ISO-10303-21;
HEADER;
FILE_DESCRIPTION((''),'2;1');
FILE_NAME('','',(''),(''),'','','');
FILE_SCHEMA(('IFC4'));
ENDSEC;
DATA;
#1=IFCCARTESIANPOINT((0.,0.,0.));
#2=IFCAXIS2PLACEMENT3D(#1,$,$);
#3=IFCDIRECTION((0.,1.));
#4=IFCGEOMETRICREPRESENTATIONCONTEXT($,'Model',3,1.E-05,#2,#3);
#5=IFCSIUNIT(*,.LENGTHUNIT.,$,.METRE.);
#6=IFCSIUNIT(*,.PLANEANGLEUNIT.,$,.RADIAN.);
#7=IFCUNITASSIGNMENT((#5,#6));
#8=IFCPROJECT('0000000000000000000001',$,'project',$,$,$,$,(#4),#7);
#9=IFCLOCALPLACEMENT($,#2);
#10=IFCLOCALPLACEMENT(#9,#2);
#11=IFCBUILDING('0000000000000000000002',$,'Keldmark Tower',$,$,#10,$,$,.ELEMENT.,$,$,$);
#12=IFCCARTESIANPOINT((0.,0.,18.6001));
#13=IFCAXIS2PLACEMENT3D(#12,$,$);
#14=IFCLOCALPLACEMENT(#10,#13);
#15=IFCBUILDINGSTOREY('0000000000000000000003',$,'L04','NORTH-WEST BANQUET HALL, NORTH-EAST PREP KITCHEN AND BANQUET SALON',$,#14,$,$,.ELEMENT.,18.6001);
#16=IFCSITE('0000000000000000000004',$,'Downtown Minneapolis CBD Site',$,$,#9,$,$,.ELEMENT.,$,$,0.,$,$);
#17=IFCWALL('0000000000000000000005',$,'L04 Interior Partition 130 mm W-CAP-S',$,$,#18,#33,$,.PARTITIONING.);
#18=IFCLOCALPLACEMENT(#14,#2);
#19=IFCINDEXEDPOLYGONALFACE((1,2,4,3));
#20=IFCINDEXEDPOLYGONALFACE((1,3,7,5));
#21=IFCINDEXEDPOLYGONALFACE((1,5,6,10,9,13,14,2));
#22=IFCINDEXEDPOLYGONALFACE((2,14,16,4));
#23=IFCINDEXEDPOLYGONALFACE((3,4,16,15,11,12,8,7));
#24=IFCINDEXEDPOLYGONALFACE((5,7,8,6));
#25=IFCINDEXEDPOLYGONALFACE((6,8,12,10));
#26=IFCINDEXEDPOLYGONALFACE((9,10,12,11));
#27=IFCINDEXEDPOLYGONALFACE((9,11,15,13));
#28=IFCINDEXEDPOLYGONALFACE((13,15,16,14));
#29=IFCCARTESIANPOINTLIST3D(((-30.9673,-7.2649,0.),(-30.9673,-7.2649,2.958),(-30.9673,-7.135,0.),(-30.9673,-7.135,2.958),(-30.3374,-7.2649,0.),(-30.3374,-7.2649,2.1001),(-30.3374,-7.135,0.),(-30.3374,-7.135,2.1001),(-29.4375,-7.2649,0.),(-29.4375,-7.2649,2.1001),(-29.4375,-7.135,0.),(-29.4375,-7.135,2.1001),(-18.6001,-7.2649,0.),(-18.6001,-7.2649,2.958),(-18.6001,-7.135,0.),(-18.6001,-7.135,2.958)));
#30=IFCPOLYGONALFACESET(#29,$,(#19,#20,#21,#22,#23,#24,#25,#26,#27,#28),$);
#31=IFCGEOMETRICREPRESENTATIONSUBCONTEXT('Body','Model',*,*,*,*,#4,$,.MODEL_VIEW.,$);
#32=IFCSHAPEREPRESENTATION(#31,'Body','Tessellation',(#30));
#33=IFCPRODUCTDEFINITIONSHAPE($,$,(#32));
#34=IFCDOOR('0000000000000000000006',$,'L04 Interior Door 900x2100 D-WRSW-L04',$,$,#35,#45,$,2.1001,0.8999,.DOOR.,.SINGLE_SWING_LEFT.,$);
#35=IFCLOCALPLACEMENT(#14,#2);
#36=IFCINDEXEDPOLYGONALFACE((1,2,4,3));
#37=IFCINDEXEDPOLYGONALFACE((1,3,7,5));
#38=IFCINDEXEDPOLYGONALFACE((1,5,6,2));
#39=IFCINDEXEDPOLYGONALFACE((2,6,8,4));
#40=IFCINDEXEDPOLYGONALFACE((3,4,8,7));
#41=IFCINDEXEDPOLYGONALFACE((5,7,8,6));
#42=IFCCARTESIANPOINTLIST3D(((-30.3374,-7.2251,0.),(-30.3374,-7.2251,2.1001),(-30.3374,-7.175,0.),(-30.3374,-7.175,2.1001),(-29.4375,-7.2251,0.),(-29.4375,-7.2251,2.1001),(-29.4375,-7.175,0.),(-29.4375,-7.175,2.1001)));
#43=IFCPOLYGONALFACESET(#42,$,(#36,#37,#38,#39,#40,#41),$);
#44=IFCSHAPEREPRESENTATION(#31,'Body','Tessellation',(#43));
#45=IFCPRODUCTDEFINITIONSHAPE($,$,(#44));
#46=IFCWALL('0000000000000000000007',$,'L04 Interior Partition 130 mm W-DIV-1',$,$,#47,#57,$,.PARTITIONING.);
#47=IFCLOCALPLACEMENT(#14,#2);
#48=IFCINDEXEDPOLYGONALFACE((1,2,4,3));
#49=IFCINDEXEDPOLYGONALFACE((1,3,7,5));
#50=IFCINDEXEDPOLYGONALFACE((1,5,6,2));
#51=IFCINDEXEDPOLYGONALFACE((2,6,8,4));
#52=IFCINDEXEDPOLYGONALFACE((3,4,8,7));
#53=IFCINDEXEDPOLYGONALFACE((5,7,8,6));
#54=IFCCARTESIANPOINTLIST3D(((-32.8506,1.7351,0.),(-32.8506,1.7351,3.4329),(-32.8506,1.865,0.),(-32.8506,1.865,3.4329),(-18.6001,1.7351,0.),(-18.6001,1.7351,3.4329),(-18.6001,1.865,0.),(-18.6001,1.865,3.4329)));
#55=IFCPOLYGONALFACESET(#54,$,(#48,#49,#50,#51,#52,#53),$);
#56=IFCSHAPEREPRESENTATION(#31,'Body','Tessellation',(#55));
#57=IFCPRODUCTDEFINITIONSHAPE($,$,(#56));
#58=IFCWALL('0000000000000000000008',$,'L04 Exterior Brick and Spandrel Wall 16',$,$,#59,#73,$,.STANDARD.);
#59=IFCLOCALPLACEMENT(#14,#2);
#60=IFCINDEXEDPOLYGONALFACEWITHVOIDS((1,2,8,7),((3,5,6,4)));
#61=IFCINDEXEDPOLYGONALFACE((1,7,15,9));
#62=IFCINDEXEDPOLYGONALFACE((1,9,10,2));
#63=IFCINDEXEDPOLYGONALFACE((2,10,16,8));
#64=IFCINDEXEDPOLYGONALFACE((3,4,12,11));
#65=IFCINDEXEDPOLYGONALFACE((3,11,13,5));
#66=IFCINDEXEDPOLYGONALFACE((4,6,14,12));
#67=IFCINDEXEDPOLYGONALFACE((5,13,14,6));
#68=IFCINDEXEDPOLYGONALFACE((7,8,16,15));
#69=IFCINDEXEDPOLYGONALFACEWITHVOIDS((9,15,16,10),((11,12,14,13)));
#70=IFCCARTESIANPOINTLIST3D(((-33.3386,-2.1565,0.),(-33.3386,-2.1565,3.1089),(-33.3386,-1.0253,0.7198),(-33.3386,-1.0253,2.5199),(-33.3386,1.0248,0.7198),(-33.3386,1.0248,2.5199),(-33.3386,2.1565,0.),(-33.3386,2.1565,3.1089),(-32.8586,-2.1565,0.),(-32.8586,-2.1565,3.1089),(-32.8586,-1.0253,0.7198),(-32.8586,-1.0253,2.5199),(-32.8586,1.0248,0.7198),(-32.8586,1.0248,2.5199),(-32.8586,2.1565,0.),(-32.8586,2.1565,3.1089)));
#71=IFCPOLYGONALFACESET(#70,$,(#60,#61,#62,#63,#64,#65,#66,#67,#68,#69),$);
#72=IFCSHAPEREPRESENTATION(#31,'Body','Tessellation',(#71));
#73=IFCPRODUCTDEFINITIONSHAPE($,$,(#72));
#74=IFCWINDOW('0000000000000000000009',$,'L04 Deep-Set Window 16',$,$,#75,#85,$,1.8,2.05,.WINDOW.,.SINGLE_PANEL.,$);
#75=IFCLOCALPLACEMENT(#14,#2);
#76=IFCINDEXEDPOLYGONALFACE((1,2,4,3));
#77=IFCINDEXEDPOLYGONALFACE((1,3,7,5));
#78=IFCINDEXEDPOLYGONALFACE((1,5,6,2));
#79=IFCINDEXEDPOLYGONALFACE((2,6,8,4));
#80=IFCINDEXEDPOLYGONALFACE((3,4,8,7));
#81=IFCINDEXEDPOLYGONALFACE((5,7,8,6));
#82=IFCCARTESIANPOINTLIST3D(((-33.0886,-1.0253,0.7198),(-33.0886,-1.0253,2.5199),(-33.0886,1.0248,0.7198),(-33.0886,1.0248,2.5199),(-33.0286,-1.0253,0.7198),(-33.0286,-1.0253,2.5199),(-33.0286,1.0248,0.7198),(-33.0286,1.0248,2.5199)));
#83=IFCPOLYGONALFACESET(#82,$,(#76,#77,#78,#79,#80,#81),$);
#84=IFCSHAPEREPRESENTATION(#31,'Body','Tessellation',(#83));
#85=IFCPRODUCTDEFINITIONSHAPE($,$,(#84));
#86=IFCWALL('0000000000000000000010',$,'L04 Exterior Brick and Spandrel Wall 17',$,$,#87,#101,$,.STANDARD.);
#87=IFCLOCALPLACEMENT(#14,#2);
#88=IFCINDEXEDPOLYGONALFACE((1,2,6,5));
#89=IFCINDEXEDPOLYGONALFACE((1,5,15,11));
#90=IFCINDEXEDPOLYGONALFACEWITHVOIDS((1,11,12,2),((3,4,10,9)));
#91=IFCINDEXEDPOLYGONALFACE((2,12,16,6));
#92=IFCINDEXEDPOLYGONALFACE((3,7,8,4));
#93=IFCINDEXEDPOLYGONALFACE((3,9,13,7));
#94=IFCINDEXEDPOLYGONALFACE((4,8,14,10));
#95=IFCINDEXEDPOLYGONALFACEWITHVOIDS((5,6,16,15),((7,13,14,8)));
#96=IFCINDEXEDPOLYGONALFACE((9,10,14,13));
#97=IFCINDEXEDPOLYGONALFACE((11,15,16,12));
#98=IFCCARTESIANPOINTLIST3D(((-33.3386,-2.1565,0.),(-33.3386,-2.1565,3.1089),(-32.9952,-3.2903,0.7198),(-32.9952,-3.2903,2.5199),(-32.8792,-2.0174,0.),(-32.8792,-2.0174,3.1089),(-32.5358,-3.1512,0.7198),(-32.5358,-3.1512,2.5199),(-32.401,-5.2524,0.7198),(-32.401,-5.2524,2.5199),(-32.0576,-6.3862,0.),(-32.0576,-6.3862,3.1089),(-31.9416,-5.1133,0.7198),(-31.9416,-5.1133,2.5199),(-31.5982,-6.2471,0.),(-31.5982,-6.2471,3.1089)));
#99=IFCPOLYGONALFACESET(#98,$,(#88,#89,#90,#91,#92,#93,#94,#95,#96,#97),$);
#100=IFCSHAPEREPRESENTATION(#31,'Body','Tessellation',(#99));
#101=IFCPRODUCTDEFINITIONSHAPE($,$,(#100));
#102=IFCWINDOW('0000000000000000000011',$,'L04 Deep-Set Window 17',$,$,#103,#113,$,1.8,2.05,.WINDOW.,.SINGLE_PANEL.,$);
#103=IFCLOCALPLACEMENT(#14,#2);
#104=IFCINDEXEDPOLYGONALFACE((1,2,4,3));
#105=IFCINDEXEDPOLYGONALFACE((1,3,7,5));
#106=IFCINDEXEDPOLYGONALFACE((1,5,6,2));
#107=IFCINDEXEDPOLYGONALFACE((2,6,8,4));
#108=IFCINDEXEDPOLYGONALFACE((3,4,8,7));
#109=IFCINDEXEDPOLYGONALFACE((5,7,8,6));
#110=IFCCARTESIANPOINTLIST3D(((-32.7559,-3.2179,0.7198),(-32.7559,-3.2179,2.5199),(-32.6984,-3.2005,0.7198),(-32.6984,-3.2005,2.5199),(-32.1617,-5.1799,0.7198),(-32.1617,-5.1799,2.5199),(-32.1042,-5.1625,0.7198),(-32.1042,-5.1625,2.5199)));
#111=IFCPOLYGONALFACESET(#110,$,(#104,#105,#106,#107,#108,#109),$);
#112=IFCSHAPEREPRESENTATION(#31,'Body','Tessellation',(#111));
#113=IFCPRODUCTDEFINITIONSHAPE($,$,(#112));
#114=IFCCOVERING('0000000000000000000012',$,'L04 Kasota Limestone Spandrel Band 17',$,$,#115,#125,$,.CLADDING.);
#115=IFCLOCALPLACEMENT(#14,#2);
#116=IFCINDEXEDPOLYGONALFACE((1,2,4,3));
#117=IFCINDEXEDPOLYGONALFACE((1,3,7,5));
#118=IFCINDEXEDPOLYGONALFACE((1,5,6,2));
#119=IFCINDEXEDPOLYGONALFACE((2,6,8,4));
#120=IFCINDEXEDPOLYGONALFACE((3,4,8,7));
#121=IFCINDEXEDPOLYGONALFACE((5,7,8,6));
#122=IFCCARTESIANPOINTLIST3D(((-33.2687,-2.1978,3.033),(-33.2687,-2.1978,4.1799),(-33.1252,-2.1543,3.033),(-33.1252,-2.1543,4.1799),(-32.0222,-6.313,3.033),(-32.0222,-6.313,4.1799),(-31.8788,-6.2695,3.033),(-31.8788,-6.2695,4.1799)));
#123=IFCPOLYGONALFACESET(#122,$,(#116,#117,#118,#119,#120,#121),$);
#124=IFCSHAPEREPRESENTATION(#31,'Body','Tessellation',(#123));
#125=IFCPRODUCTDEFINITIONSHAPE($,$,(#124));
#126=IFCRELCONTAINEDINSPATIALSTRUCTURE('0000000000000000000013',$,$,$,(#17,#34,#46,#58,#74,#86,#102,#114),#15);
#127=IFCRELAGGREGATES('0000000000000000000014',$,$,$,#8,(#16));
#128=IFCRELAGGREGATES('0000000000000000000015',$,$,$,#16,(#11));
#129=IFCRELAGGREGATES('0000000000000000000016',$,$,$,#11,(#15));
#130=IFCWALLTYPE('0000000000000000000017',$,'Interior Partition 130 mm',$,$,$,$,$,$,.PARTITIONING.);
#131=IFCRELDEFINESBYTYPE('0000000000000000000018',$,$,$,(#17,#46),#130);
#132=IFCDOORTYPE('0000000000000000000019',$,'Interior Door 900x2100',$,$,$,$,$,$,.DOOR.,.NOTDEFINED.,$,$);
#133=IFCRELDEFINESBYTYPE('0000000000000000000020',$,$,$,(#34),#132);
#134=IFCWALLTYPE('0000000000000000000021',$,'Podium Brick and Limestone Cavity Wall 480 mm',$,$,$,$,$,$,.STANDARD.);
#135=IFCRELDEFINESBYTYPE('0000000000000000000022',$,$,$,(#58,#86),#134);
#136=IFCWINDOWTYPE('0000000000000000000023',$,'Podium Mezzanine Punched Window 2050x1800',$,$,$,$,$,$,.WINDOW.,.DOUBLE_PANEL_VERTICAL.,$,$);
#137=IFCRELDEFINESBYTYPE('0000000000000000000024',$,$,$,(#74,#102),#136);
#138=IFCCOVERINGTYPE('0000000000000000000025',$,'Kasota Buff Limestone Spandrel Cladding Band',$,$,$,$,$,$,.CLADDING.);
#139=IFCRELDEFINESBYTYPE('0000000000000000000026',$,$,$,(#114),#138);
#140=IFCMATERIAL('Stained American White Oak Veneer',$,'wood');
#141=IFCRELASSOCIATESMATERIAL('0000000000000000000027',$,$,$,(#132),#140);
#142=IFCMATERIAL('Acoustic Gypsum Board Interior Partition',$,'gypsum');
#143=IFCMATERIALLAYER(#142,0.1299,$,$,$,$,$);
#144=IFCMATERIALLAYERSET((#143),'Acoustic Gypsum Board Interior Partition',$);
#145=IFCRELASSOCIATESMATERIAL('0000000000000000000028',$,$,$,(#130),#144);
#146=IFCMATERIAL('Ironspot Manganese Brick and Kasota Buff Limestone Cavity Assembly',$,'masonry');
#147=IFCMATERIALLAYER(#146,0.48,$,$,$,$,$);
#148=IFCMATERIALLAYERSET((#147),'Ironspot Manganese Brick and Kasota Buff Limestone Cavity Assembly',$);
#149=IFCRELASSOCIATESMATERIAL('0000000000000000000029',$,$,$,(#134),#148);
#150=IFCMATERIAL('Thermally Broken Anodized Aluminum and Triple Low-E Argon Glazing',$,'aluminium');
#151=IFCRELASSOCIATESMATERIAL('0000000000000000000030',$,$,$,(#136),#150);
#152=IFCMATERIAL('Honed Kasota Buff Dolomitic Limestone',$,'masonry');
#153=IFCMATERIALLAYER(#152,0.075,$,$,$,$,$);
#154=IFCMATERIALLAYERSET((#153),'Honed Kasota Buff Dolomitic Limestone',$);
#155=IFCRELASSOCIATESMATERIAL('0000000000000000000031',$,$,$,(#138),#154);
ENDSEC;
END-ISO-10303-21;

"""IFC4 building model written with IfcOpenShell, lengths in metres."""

from ifc_helpers import new_model, si_unit, direction, frame, frame_2d, origin, origin_2d, place, context, subcontext, project, spatial, rectangle, extrude, material, layer, layer_set, type_object, element, fill, save


model = new_model("IFC4")

# Units and contexts
model_context = context("Model", 3, precision=1e-05, world=origin(), true_north=direction((0.0, 1.0)))
body_context = subcontext(model_context, "Body", "Model", "MODEL_VIEW")
ifc_project = project(units=[si_unit("LENGTHUNIT", "METRE"), si_unit("PLANEANGLEUNIT", "RADIAN")], contexts=[model_context])

# Site, building, storey
site_placement = place(None, origin())
site = spatial("IfcSite", under=ifc_project, at=site_placement, Name="Downtown Minneapolis CBD Site", CompositionType="ELEMENT", RefElevation=0.0)
building_placement = place(site_placement, origin())
building = spatial("IfcBuilding", under=site, at=building_placement, Name="Keldmark Tower", CompositionType="ELEMENT")
storey_placement = place(building_placement, frame((0.0, 0.0, 18.6001)))
storey = spatial("IfcBuildingStorey", under=building, at=storey_placement, Name="L04", Description="NORTH-WEST BANQUET HALL, NORTH-EAST PREP KITCHEN AND BANQUET SALON", CompositionType="ELEMENT", Elevation=18.6001)

# Shared definitions
ifc_material_1 = material(Name="Stained American White Oak Veneer", Category="wood")
door_type = type_object("IfcDoorType", Name="Interior Door 900x2100", OperationType="NOTDEFINED", PredefinedType="DOOR", material=ifc_material_1)

# Wall, opening, door
ifc_material_2 = material(Name="Acoustic Gypsum Board Interior Partition", Category="gypsum")
ifc_layer_1 = layer(ifc_material_2, 0.1299)
ifc_layer_set_1 = layer_set([ifc_layer_1], Name="Acoustic Gypsum Board Interior Partition")
wall_type_1 = type_object("IfcWallType", Name="Interior Partition 130 mm", PredefinedType="PARTITIONING", material=ifc_layer_set_1)
wall_1_placement = place(storey_placement, frame((-30.9673, -7.2, 0.0), z_axis=(0.0, 0.0, 1.0), x_axis=(1.0, 0.0, 0.0)))
wall_1 = element("IfcWall", 1, at=wall_1_placement, inside=storey, type_object=wall_type_1, Name="L04 Interior Partition 130 mm W-CAP-S", PredefinedType="PARTITIONING", context=body_context, shape_type="SweptSolid", body=[
    extrude(rectangle(XDim=12.3672, YDim=0.1299, at=frame_2d((6.1836, 0.0))), origin(), (0.0, 0.0, 1.0), 2.958),
])
opening_1_placement = place(wall_1_placement, frame((0.6299, 0.0, 0.0)))
opening_1 = element("IfcOpeningElement", 2, at=opening_1_placement, cuts=wall_1, PredefinedType="OPENING", context=body_context, shape_type="SweptSolid", body=[
    extrude(rectangle(XDim=0.8999, YDim=2.1001, at=frame_2d((0.45, 1.05))), frame((0.0, 0.075, 0.0), z_axis=(0.0, -1.0, 0.0), x_axis=(1.0, 0.0, 0.0)), (0.0, 0.0, 1.0), 0.1499),
])
door_1_placement = place(opening_1_placement, origin())
door_1 = element("IfcDoor", 3, at=door_1_placement, inside=storey, type_object=door_type, Name="L04 Interior Door 900x2100 D-WRSW-L04", OperationType="SINGLE_SWING_LEFT", OverallHeight=2.1001, OverallWidth=0.8999, PredefinedType="DOOR", context=body_context, shape_type="SweptSolid", body=[
    extrude(rectangle(XDim=0.8999, YDim=2.1001, at=frame_2d((0.45, 1.05))), frame((0.0, 0.0249, 0.0), z_axis=(0.0, -1.0, 0.0), x_axis=(1.0, 0.0, 0.0)), (0.0, 0.0, 1.0), 0.05),
])
fill(opening_1, door_1)

# Wall
wall_2_placement = place(storey_placement, frame((-32.8506, 1.8, 0.0), z_axis=(0.0, 0.0, 1.0), x_axis=(1.0, 0.0, 0.0)))
element("IfcWall", 4, at=wall_2_placement, inside=storey, type_object=wall_type_1, Name="L04 Interior Partition 130 mm W-DIV-1", PredefinedType="PARTITIONING", context=body_context, shape_type="SweptSolid", body=[
    extrude(rectangle(XDim=14.2505, YDim=0.1299, at=frame_2d((7.1252, 0.0))), origin(), (0.0, 0.0, 1.0), 3.4329),
])

# Walls, openings, windows
ifc_material_3 = material(Name="Ironspot Manganese Brick and Kasota Buff Limestone Cavity Assembly", Category="masonry")
ifc_layer_2 = layer(ifc_material_3, 0.48)
ifc_layer_set_2 = layer_set([ifc_layer_2], Name="Ironspot Manganese Brick and Kasota Buff Limestone Cavity Assembly")
wall_type_2 = type_object("IfcWallType", Name="Podium Brick and Limestone Cavity Wall 480 mm", PredefinedType="STANDARD", material=ifc_layer_set_2)
wall_3_placement = place(storey_placement, frame((-33.0986, -2.1565, 0.0), z_axis=(0.0, 0.0, 1.0), x_axis=(0.0, 1.0, 0.0)))
wall_3 = element("IfcWall", 5, at=wall_3_placement, inside=storey, type_object=wall_type_2, Name="L04 Exterior Brick and Spandrel Wall 16", PredefinedType="STANDARD", context=body_context, shape_type="SweptSolid", body=[
    extrude(rectangle(XDim=4.313, YDim=0.48, at=frame_2d((2.1565, 0.0))), origin(), (0.0, 0.0, 1.0), 3.1089),
])
opening_2_placement = place(wall_3_placement, frame((1.1313, 0.0, 0.72)))
opening_2 = element("IfcOpeningElement", 6, at=opening_2_placement, cuts=wall_3, PredefinedType="OPENING", context=body_context, shape_type="SweptSolid", body=[
    extrude(rectangle(XDim=2.05, YDim=1.8, at=frame_2d((1.0249, 0.8999))), frame((0.0, 0.25, 0.0), z_axis=(0.0, -1.0, 0.0), x_axis=(1.0, 0.0, 0.0)), (0.0, 0.0, 1.0), 0.5),
])
ifc_material_4 = material(Name="Thermally Broken Anodized Aluminum and Triple Low-E Argon Glazing", Category="aluminium")
window_type = type_object("IfcWindowType", Name="Podium Mezzanine Punched Window 2050x1800", PartitioningType="DOUBLE_PANEL_VERTICAL", PredefinedType="WINDOW", material=ifc_material_4)
window_1_placement = place(opening_2_placement, origin())
window_1 = element("IfcWindow", 7, at=window_1_placement, inside=storey, type_object=window_type, Name="L04 Deep-Set Window 16", OverallHeight=1.8, OverallWidth=2.05, PartitioningType="SINGLE_PANEL", PredefinedType="WINDOW", context=body_context, shape_type="SweptSolid", body=[
    extrude(rectangle(XDim=2.05, YDim=1.8, at=frame_2d((1.0249, 0.8999))), frame((0.0, -0.01, 0.0), z_axis=(0.0, -1.0, 0.0), x_axis=(1.0, 0.0, 0.0)), (0.0, 0.0, 1.0), 0.0601),
])
fill(opening_2, window_1)
wall_4_placement = place(storey_placement, frame((-31.8279, -6.3167, 0.0), z_axis=(0.0, 0.0, 1.0), x_axis=(-0.289856, 0.95707, 0.0)))
wall_4 = element("IfcWall", 8, at=wall_4_placement, inside=storey, type_object=wall_type_2, Name="L04 Exterior Brick and Spandrel Wall 17", PredefinedType="STANDARD", context=body_context, shape_type="SweptSolid", body=[
    extrude(rectangle(XDim=4.4194, YDim=0.48, at=frame_2d((2.2097, 0.0))), origin(), (0.0, 0.0, 1.0), 3.1089),
])
opening_3_placement = place(wall_4_placement, frame((1.1848, 0.0, 0.72)))
opening_3 = element("IfcOpeningElement", 9, at=opening_3_placement, cuts=wall_4, PredefinedType="OPENING", context=body_context, shape_type="SweptSolid", body=[
    extrude(rectangle(XDim=2.05, YDim=1.8, at=frame_2d((1.0249, 0.8999))), frame((0.0, 0.25, 0.0), z_axis=(0.0, -1.0, 0.0), x_axis=(1.0, 0.0, 0.0)), (0.0, 0.0, 1.0), 0.5),
])
window_2_placement = place(opening_3_placement, origin())
window_2 = element("IfcWindow", 10, at=window_2_placement, inside=storey, type_object=window_type, Name="L04 Deep-Set Window 17", OverallHeight=1.8, OverallWidth=2.05, PartitioningType="SINGLE_PANEL", PredefinedType="WINDOW", context=body_context, shape_type="SweptSolid", body=[
    extrude(rectangle(XDim=2.05, YDim=1.8, at=frame_2d((1.0249, 0.8999))), frame((0.0, -0.01, 0.0), z_axis=(0.0, -1.0, 0.0), x_axis=(1.0, 0.0, 0.0)), (0.0, 0.0, 1.0), 0.0601),
])
fill(opening_3, window_2)

# Covering
ifc_material_5 = material(Name="Honed Kasota Buff Dolomitic Limestone", Category="masonry")
ifc_layer_3 = layer(ifc_material_5, 0.075)
ifc_layer_set_3 = layer_set([ifc_layer_3], Name="Honed Kasota Buff Dolomitic Limestone")
covering_type = type_object("IfcCoveringType", Name="Kasota Buff Limestone Spandrel Cladding Band", PredefinedType="CLADDING", material=ifc_layer_set_3)
covering_placement = place(storey_placement, frame((-32.5737, -4.2336, 3.033), z_axis=(0.0, 0.0, 1.0), x_axis=(0.289884, -0.957062, 0.0)))
element("IfcCovering", 11, at=covering_placement, inside=storey, type_object=covering_type, Name="L04 Kasota Limestone Spandrel Band 17", PredefinedType="CLADDING", context=body_context, shape_type="SweptSolid", body=[
    extrude(rectangle(XDim=4.2998, YDim=0.1499, at=origin_2d()), origin(), (0.0, 0.0, 1.0), 1.147),
])

save(model, "model.ifc")
